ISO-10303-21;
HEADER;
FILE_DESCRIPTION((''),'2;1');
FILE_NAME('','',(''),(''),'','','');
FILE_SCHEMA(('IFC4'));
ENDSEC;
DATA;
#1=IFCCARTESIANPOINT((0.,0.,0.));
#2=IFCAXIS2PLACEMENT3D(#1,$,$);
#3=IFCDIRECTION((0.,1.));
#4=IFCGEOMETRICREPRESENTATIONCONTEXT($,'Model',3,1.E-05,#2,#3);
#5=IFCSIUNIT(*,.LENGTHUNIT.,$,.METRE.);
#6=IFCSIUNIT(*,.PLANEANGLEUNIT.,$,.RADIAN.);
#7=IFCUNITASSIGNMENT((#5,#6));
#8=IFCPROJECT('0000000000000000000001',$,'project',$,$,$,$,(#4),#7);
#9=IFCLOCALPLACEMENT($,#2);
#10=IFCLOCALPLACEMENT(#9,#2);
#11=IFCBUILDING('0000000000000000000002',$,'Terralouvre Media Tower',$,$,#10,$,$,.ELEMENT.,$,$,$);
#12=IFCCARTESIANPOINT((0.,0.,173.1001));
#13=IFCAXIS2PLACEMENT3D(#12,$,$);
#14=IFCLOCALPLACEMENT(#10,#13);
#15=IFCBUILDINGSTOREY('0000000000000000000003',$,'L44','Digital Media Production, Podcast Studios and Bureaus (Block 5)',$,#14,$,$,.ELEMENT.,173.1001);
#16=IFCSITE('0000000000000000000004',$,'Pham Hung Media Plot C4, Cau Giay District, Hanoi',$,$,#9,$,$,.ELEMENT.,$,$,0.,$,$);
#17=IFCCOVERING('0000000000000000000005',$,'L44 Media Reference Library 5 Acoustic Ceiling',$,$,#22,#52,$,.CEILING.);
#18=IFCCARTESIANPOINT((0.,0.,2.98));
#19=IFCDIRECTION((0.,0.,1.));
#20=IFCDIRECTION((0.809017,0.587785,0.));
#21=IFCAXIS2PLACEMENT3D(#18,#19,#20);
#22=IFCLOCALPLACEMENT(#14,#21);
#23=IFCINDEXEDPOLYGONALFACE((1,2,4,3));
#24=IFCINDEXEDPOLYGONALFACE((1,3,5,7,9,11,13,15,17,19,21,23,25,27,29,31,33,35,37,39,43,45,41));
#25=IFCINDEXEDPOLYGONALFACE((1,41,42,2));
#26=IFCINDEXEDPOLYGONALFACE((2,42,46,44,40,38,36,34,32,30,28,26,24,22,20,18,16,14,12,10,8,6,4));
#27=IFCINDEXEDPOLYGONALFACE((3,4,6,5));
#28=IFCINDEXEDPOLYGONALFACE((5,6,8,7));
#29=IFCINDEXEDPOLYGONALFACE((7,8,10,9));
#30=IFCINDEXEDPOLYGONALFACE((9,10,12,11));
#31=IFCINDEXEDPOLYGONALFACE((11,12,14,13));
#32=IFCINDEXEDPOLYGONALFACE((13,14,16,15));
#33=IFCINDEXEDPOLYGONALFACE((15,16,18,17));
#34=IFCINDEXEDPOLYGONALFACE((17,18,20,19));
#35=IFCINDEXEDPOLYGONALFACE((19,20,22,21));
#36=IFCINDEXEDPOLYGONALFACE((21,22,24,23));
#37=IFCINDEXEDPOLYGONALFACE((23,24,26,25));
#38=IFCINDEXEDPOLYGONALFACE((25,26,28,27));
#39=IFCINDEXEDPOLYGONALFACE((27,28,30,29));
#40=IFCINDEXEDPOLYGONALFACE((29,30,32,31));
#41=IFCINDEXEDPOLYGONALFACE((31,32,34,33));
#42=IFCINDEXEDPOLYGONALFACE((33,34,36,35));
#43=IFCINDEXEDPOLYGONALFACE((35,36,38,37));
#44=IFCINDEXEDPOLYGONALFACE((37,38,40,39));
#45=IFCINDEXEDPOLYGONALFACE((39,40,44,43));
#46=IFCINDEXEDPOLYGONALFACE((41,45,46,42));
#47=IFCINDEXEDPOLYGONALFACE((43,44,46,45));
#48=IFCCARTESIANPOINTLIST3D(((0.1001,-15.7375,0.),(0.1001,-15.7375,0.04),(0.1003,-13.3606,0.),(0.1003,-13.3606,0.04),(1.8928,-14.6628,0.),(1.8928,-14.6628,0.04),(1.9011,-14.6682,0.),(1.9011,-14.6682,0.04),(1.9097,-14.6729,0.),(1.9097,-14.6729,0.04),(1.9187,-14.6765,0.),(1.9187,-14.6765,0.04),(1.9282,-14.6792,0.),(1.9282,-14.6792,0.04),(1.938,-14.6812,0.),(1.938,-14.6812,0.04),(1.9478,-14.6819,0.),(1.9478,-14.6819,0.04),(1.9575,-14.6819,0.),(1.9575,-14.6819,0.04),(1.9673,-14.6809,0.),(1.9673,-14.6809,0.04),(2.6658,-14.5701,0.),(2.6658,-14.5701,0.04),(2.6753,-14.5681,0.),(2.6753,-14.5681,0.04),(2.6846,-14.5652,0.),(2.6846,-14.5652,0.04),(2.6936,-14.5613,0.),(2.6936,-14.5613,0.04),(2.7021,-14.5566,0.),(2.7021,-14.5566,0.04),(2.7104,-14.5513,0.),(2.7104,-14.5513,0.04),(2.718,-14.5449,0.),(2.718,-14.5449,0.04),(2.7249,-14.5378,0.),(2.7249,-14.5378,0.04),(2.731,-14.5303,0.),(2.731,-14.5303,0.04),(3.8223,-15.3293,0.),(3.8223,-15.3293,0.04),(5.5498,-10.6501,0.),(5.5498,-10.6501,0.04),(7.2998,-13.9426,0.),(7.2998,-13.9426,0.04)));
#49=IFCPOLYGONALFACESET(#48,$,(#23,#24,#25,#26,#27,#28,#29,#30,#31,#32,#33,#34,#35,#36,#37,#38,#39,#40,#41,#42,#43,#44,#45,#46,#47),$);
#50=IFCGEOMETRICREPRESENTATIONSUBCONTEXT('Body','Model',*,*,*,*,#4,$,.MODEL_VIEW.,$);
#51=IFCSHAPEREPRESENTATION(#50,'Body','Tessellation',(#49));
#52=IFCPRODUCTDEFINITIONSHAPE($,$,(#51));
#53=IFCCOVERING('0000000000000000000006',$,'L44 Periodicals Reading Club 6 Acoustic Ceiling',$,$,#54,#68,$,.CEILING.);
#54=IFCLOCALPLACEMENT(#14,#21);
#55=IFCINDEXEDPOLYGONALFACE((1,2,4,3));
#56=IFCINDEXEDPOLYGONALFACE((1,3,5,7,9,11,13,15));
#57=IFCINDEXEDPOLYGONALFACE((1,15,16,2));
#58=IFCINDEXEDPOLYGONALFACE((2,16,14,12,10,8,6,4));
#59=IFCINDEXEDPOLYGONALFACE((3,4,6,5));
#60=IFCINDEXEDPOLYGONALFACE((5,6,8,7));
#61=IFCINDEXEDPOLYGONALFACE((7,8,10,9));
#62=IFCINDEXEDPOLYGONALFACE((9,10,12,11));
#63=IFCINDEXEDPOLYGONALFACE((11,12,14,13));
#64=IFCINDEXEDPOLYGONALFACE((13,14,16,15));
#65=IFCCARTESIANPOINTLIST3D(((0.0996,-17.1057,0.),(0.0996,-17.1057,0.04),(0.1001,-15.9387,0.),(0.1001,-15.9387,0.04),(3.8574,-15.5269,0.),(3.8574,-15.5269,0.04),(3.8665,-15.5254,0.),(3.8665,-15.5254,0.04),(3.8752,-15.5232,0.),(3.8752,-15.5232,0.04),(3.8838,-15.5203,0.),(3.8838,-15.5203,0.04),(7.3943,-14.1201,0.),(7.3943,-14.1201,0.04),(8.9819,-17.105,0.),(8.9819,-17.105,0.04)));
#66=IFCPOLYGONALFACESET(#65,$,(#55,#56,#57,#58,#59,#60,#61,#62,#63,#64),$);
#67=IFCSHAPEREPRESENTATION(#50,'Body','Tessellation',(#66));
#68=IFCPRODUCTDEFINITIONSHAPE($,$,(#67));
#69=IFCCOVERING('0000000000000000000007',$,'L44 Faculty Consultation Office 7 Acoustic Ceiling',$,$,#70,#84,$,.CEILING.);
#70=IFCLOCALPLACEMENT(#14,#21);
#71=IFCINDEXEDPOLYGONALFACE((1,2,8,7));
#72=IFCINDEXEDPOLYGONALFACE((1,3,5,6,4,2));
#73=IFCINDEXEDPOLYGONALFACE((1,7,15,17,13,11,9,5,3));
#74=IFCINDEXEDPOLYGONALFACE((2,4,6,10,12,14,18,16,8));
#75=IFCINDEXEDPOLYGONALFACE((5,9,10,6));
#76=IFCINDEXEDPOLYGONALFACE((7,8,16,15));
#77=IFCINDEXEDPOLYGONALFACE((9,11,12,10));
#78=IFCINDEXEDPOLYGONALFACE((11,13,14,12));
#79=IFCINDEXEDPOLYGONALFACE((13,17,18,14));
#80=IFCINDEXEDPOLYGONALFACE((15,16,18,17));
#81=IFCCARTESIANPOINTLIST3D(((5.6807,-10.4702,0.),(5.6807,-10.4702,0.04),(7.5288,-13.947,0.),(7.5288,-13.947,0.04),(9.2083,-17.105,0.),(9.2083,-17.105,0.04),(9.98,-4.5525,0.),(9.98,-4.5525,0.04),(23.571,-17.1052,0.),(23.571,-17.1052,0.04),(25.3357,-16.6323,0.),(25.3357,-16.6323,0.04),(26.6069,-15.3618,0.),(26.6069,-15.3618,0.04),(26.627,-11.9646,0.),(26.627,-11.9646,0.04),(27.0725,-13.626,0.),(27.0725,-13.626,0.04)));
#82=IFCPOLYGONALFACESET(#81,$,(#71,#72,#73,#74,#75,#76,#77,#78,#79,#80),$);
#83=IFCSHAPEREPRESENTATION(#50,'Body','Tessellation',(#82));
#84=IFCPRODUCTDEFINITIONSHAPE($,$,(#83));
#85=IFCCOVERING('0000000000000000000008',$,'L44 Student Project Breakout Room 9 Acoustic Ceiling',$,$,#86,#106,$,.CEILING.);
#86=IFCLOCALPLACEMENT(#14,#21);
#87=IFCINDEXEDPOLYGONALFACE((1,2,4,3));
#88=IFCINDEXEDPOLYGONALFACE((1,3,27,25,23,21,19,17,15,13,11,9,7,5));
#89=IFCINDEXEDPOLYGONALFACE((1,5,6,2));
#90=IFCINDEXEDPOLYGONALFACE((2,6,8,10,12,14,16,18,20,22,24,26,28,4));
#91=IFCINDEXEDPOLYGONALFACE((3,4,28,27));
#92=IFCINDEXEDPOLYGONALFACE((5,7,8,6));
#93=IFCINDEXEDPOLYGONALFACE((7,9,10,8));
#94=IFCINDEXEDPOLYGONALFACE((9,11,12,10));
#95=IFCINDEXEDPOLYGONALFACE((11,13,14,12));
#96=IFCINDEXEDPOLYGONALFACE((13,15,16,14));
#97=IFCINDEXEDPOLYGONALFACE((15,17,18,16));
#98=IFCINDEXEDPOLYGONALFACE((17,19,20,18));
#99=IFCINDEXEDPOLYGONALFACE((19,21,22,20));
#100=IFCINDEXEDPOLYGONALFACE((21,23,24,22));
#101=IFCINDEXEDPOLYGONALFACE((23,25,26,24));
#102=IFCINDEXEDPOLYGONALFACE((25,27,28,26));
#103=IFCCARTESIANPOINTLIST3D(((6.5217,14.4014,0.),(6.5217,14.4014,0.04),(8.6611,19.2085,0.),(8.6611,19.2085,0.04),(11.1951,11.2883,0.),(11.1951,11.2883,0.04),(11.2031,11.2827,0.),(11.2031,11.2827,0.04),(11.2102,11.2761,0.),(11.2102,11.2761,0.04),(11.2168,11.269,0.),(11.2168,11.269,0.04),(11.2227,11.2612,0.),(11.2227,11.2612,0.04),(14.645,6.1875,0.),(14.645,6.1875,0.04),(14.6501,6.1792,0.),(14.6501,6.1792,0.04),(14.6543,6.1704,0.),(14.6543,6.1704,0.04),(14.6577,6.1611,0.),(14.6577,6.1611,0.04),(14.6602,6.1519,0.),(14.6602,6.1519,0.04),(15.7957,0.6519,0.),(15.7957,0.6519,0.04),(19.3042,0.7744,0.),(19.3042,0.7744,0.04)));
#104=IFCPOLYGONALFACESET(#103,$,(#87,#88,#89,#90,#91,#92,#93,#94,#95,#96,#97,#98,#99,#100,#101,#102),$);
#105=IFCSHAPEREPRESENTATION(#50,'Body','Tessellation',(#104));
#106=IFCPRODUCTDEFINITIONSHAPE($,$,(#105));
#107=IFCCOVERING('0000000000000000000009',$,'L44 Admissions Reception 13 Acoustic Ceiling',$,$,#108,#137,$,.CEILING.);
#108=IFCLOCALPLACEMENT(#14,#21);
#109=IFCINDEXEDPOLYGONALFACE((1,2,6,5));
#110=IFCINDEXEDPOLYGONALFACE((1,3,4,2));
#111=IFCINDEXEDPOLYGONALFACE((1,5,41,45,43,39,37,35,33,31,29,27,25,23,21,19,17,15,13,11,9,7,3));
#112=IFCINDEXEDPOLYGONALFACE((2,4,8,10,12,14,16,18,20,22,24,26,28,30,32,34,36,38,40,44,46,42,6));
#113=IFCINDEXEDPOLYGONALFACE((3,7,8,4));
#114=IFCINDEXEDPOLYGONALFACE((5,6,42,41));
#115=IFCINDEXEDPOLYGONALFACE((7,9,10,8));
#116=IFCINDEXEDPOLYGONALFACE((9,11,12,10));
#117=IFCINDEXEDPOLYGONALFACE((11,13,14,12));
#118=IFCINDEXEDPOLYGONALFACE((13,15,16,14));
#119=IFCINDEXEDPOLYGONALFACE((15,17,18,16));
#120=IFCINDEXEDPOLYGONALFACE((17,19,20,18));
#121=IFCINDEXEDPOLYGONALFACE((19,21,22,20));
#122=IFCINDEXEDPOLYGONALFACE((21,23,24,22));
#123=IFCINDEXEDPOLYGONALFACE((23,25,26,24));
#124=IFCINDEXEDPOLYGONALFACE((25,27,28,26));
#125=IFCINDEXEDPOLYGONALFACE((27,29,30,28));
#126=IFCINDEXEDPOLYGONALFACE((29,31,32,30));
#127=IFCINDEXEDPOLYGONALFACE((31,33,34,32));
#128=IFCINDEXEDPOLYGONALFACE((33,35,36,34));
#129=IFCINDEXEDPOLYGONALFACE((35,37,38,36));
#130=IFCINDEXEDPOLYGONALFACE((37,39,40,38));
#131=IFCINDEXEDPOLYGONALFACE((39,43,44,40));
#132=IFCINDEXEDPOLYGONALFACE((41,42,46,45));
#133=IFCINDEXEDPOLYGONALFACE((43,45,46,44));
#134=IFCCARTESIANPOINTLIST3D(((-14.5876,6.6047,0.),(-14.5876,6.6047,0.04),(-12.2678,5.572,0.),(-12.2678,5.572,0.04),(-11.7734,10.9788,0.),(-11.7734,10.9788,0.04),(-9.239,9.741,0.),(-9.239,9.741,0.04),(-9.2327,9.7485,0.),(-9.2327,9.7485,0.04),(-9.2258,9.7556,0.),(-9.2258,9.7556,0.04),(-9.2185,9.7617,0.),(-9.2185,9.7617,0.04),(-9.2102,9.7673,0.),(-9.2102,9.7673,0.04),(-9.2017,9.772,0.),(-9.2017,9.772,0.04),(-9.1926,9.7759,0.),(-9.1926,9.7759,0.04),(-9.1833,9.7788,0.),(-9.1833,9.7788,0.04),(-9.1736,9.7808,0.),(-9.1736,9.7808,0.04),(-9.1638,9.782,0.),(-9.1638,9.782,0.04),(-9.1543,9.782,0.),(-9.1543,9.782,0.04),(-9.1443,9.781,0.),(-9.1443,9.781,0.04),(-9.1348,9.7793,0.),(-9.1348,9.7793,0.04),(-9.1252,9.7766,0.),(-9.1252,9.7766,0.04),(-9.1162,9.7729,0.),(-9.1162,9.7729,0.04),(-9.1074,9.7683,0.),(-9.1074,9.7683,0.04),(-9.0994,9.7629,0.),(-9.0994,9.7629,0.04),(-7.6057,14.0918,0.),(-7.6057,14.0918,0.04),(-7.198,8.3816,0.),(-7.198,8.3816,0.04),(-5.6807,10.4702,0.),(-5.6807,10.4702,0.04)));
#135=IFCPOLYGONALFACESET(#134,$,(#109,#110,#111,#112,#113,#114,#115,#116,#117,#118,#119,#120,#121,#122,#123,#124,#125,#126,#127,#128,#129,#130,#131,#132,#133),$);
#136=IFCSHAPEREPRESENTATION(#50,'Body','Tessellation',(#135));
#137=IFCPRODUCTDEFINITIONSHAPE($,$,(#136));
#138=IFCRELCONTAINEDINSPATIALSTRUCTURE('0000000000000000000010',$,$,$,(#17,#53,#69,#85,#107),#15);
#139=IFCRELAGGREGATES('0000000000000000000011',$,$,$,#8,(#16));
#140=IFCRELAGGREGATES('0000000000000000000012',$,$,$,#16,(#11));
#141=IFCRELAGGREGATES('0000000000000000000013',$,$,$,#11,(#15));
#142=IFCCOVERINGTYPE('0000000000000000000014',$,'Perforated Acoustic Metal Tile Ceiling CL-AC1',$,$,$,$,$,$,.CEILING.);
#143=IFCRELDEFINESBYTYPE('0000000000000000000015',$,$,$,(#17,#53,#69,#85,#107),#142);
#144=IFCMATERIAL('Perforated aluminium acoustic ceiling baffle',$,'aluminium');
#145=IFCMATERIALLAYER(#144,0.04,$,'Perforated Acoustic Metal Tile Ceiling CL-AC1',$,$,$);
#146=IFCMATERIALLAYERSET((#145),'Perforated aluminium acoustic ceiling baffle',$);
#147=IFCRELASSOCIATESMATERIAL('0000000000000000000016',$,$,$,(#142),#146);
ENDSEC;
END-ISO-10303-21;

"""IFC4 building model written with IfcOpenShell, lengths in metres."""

from ifc_helpers import new_model, si_unit, direction, frame, origin, place, context, subcontext, project, spatial, polyline, outline, extrude, material, layer, layer_set, type_object, element, save


model = new_model("IFC4")

# Units and contexts
model_context = context("Model", 3, precision=1e-05, world=origin(), true_north=direction((0.0, 1.0)))
body_context = subcontext(model_context, "Body", "Model", "MODEL_VIEW")
ifc_project = project(units=[si_unit("LENGTHUNIT", "METRE"), si_unit("PLANEANGLEUNIT", "RADIAN")], contexts=[model_context])

# Site, building, storey
site_placement = place(None, origin())
site = spatial("IfcSite", under=ifc_project, at=site_placement, Name="Pham Hung Media Plot C4, Cau Giay District, Hanoi", CompositionType="ELEMENT", RefElevation=0.0)
building_placement = place(site_placement, origin())
building = spatial("IfcBuilding", under=site, at=building_placement, Name="Terralouvre Media Tower", CompositionType="ELEMENT")
storey_placement = place(building_placement, frame((0.0, 0.0, 173.1001)))
storey = spatial("IfcBuildingStorey", under=building, at=storey_placement, Name="L44", Description="Digital Media Production, Podcast Studios and Bureaus (Block 5)", CompositionType="ELEMENT", Elevation=173.1001)

# Coverings
ifc_material_1 = material(Name="Perforated aluminium acoustic ceiling baffle", Category="aluminium")
ifc_layer_1 = layer(ifc_material_1, 0.04, Name="Perforated Acoustic Metal Tile Ceiling CL-AC1")
ifc_layer_set_1 = layer_set([ifc_layer_1], Name="Perforated aluminium acoustic ceiling baffle")
covering_type_1 = type_object("IfcCoveringType", Name="Perforated Acoustic Metal Tile Ceiling CL-AC1", PredefinedType="CEILING", material=ifc_layer_set_1)
covering_1_placement = place(storey_placement, frame((0.0, 0.0, 2.98), z_axis=(0.0, 0.0, 1.0), x_axis=(0.809017, 0.587785, 0.0)))
element("IfcCovering", 1, at=covering_1_placement, inside=storey, type_object=covering_type_1, Name="L44 Media Reference Library 5 Acoustic Ceiling", PredefinedType="CEILING", context=body_context, shape_type="SweptSolid", body=[
    extrude(outline(polyline([(3.8223, -15.3293), (7.2998, -13.9426), (5.5498, -10.6501), (2.731, -14.5303), (2.7249, -14.5378), (2.718, -14.5449), (2.7104, -14.5513), (2.7021, -14.5566), (2.6936, -14.5613), (2.6846, -14.5652), (2.6753, -14.5681), (2.6658, -14.5701), (1.9673, -14.6809), (1.9575, -14.6819), (1.9478, -14.6819), (1.938, -14.6812), (1.9282, -14.6792), (1.9187, -14.6765), (1.9097, -14.6729), (1.9011, -14.6682), (1.8928, -14.6628), (0.1003, -13.3606), (0.1001, -15.7375), (3.8223, -15.3293)])), origin(), (0.0, 0.0, 1.0), 0.04),
])
covering_2_placement = place(storey_placement, frame((0.0, 0.0, 2.98), z_axis=(0.0, 0.0, 1.0), x_axis=(0.809017, 0.587785, 0.0)))
element("IfcCovering", 2, at=covering_2_placement, inside=storey, type_object=covering_type_1, Name="L44 Periodicals Reading Club 6 Acoustic Ceiling", PredefinedType="CEILING", context=body_context, shape_type="SweptSolid", body=[
    extrude(outline(polyline([(3.8838, -15.5203), (3.8752, -15.5232), (3.8665, -15.5254), (3.8574, -15.5269), (0.1001, -15.9387), (0.0996, -17.1057), (8.9819, -17.105), (7.3943, -14.1201), (3.8838, -15.5203)])), origin(), (0.0, 0.0, 1.0), 0.04),
])
covering_3_placement = place(storey_placement, frame((0.0, 0.0, 2.98), z_axis=(0.0, 0.0, 1.0), x_axis=(0.809017, 0.587785, 0.0)))
element("IfcCovering", 3, at=covering_3_placement, inside=storey, type_object=covering_type_1, Name="L44 Faculty Consultation Office 7 Acoustic Ceiling", PredefinedType="CEILING", context=body_context, shape_type="SweptSolid", body=[
    extrude(outline(polyline([(5.6807, -10.4702), (7.5288, -13.947), (9.2083, -17.105), (23.571, -17.1052), (25.3357, -16.6323), (26.6069, -15.3618), (27.0725, -13.626), (26.627, -11.9646), (9.98, -4.5525), (5.6807, -10.4702)])), origin(), (0.0, 0.0, 1.0), 0.04),
])
covering_4_placement = place(storey_placement, frame((0.0, 0.0, 2.98), z_axis=(0.0, 0.0, 1.0), x_axis=(0.809017, 0.587785, 0.0)))
element("IfcCovering", 4, at=covering_4_placement, inside=storey, type_object=covering_type_1, Name="L44 Student Project Breakout Room 9 Acoustic Ceiling", PredefinedType="CEILING", context=body_context, shape_type="SweptSolid", body=[
    extrude(outline(polyline([(11.1951, 11.2883), (11.2031, 11.2827), (11.2102, 11.2761), (11.2168, 11.269), (11.2227, 11.2612), (14.645, 6.1875), (14.6501, 6.1792), (14.6543, 6.1704), (14.6577, 6.1611), (14.6602, 6.1519), (15.7957, 0.6519), (19.3042, 0.7744), (8.6611, 19.2085), (6.5217, 14.4014), (11.1951, 11.2883)])), origin(), (0.0, 0.0, 1.0), 0.04),
])
covering_5_placement = place(storey_placement, frame((0.0, 0.0, 2.98), z_axis=(0.0, 0.0, 1.0), x_axis=(0.809017, 0.587785, 0.0)))
element("IfcCovering", 5, at=covering_5_placement, inside=storey, type_object=covering_type_1, Name="L44 Admissions Reception 13 Acoustic Ceiling", PredefinedType="CEILING", context=body_context, shape_type="SweptSolid", body=[
    extrude(outline(polyline([(-11.7734, 10.9788), (-14.5876, 6.6047), (-12.2678, 5.572), (-9.239, 9.741), (-9.2327, 9.7485), (-9.2258, 9.7556), (-9.2185, 9.7617), (-9.2102, 9.7673), (-9.2017, 9.772), (-9.1926, 9.7759), (-9.1833, 9.7788), (-9.1736, 9.7808), (-9.1638, 9.782), (-9.1543, 9.782), (-9.1443, 9.781), (-9.1348, 9.7793), (-9.1252, 9.7766), (-9.1162, 9.7729), (-9.1074, 9.7683), (-9.0994, 9.7629), (-7.198, 8.3816), (-5.6807, 10.4702), (-7.6057, 14.0918), (-11.7734, 10.9788)])), origin(), (0.0, 0.0, 1.0), 0.04),
])

save(model, "model.ifc")
